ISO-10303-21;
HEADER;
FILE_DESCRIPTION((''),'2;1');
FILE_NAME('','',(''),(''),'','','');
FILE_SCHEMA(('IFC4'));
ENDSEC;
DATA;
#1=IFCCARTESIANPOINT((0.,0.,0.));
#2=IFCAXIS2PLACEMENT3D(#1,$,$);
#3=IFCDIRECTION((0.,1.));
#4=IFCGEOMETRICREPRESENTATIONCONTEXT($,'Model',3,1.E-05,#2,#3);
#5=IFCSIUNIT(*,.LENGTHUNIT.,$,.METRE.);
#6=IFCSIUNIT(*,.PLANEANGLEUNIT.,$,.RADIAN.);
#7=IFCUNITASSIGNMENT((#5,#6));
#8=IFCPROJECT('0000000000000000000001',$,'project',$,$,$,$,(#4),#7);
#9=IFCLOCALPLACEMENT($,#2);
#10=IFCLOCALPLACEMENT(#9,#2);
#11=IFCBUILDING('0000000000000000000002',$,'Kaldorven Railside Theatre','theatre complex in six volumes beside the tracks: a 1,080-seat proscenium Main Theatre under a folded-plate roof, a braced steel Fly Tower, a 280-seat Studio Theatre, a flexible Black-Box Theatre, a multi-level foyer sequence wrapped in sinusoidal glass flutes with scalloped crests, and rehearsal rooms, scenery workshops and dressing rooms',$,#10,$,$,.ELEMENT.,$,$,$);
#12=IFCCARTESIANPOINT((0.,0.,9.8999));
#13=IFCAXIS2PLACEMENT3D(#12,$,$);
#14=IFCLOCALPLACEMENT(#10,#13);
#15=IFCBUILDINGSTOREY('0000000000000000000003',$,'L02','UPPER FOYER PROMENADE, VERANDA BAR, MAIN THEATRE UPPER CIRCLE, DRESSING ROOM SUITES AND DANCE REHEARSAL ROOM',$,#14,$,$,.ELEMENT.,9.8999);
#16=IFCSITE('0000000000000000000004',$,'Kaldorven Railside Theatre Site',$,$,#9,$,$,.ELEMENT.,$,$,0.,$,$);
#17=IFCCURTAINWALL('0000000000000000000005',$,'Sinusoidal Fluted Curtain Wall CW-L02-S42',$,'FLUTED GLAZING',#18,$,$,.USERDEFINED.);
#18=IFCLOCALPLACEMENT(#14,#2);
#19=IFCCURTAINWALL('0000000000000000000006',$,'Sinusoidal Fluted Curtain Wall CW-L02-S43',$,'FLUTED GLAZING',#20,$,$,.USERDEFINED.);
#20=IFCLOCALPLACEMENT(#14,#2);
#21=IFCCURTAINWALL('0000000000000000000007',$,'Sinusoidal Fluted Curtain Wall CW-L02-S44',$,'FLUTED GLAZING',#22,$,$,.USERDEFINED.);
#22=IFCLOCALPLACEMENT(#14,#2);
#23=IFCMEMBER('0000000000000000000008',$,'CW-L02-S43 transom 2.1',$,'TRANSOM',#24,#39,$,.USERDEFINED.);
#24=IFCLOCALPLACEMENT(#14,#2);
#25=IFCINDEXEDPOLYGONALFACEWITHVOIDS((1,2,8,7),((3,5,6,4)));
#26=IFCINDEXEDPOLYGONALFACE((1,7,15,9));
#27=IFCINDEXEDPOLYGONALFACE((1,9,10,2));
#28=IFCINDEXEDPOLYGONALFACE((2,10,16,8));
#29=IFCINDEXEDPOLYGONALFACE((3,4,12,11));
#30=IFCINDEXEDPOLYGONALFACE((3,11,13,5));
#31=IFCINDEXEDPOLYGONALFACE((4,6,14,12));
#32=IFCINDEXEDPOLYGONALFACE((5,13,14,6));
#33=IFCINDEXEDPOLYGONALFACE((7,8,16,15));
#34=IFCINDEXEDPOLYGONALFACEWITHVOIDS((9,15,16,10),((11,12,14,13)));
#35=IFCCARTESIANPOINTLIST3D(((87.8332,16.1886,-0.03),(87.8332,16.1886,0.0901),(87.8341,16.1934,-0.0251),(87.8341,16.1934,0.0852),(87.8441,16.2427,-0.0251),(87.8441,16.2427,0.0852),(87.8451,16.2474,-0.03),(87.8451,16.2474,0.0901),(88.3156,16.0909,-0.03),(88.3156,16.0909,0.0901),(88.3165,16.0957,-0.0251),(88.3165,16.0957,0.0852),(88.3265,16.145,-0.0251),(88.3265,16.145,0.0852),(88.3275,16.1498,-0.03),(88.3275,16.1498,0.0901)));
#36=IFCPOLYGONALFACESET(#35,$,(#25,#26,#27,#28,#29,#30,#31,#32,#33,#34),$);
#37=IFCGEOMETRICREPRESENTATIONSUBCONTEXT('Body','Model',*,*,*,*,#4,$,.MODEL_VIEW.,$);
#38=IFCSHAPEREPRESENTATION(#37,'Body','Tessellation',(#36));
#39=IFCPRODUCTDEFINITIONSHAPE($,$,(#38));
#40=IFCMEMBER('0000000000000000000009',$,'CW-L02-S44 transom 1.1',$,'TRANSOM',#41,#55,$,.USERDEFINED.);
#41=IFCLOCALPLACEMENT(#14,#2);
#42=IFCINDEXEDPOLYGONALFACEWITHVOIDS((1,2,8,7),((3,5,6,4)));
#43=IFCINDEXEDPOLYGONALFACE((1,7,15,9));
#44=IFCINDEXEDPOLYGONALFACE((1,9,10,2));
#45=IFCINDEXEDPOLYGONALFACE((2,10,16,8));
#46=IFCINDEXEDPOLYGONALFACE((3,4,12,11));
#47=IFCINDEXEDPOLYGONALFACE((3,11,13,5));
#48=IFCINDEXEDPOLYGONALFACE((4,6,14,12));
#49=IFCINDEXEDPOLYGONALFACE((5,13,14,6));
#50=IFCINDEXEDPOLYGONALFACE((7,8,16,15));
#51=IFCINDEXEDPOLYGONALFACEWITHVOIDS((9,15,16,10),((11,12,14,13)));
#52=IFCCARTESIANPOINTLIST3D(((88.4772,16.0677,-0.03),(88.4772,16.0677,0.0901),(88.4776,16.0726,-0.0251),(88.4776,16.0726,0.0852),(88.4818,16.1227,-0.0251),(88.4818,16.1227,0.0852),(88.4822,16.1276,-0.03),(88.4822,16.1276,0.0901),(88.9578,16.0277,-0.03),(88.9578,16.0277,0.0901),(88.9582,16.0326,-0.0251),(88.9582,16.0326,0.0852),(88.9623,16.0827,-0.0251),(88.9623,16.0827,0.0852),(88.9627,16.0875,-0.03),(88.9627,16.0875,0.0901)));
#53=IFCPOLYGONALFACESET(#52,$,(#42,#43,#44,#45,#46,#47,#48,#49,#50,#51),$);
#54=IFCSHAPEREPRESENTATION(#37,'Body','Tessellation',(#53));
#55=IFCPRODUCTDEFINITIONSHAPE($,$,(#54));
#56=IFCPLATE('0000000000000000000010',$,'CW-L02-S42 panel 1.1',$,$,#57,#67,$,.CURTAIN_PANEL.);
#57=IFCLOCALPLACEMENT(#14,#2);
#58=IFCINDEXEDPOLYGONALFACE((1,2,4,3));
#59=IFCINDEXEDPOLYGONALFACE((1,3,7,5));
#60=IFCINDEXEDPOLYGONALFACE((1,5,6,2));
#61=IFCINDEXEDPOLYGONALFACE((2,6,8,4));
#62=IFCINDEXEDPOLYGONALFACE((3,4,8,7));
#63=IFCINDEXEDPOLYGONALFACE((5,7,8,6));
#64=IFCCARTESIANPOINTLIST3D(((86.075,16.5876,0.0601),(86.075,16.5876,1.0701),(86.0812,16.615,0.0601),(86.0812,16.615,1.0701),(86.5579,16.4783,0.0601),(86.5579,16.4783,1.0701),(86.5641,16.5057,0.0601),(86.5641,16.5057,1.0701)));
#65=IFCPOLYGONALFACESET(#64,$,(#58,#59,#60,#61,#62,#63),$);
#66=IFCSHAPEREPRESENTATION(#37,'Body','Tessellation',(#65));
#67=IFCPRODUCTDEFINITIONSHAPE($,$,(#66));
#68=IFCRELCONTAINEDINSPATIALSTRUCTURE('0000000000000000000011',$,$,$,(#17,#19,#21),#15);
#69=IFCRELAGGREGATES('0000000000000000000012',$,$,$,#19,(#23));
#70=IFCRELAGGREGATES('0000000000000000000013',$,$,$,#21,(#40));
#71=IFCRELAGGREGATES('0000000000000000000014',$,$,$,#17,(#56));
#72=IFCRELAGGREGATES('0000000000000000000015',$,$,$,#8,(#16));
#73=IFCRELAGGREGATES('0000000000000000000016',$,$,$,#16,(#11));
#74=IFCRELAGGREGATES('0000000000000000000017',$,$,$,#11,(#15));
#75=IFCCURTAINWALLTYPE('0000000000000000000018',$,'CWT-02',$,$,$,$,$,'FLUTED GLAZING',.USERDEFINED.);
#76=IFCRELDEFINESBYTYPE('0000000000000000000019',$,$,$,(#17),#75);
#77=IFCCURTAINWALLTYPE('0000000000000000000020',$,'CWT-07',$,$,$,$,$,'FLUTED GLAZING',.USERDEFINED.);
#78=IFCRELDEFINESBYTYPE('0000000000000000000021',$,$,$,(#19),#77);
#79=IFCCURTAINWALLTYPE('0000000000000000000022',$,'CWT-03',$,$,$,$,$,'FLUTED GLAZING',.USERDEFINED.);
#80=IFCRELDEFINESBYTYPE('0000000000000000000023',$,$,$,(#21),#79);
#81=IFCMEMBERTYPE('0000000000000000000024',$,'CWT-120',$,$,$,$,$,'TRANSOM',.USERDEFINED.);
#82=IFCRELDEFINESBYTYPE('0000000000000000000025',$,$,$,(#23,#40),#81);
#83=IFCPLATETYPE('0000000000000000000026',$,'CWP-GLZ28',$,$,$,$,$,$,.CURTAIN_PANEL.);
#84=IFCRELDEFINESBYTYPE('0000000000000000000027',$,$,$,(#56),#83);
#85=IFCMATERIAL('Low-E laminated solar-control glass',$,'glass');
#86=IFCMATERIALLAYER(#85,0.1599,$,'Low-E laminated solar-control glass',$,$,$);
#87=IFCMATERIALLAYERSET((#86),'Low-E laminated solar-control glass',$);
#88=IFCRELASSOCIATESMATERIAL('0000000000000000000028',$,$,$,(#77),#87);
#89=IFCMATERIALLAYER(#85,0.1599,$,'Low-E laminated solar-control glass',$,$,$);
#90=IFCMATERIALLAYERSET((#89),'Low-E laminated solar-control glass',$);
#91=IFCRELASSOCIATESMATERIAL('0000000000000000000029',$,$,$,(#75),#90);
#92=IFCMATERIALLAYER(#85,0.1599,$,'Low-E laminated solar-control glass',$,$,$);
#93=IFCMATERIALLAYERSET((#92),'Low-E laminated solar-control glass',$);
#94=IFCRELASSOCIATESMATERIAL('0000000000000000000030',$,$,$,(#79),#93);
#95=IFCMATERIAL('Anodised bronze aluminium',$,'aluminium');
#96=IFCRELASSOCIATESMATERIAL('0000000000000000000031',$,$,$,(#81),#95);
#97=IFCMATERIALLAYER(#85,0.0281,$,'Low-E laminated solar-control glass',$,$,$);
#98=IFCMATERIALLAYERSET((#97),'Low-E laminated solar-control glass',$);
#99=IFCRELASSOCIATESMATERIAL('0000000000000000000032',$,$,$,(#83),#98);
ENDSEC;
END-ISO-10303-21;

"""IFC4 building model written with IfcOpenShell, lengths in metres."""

from ifc_helpers import new_model, si_unit, direction, frame, origin, origin_2d, place, context, subcontext, project, spatial, rectangle, hollow_rectangle, extrude, material, layer, layer_set, material_profile, profile_set, type_object, element, aggregate, save


model = new_model("IFC4")

# Units and contexts
model_context = context("Model", 3, precision=1e-05, world=origin(), true_north=direction((0.0, 1.0)))
body_context = subcontext(model_context, "Body", "Model", "MODEL_VIEW")
ifc_project = project(units=[si_unit("LENGTHUNIT", "METRE"), si_unit("PLANEANGLEUNIT", "RADIAN")], contexts=[model_context])

# Site, building, storey
site_placement = place(None, origin())
site = spatial("IfcSite", under=ifc_project, at=site_placement, Name="Kaldorven Railside Theatre Site", CompositionType="ELEMENT", RefElevation=0.0)
building_placement = place(site_placement, origin())
building = spatial("IfcBuilding", under=site, at=building_placement, Name="Kaldorven Railside Theatre", Description="theatre complex in six volumes beside the tracks: a 1,080-seat proscenium Main Theatre under a folded-plate roof, a braced steel Fly Tower, a 280-seat Studio Theatre, a flexible Black-Box Theatre, a multi-level foyer sequence wrapped in sinusoidal glass flutes with scalloped crests, and rehearsal rooms, scenery workshops and dressing rooms", CompositionType="ELEMENT")
storey_placement = place(building_placement, frame((0.0, 0.0, 9.8999)))
storey = spatial("IfcBuildingStorey", under=building, at=storey_placement, Name="L02", Description="UPPER FOYER PROMENADE, VERANDA BAR, MAIN THEATRE UPPER CIRCLE, DRESSING ROOM SUITES AND DANCE REHEARSAL ROOM", CompositionType="ELEMENT", Elevation=9.8999)

# Shared definitions
ifc_material_1 = material(Name="Low-E laminated solar-control glass", Category="glass")
ifc_layer_1 = layer(ifc_material_1, 0.1599, Name="Low-E laminated solar-control glass")
ifc_layer_set_1 = layer_set([ifc_layer_1], Name="Low-E laminated solar-control glass")
curtain_wall_type_1 = type_object("IfcCurtainWallType", Name="CWT-07", ElementType="FLUTED GLAZING", PredefinedType="USERDEFINED", material=ifc_layer_set_1)
ifc_material_2 = material(Name="Anodised bronze aluminium", Category="aluminium")

# Curtain walls
ifc_layer_2 = layer(ifc_material_1, 0.1599, Name="Low-E laminated solar-control glass")
ifc_layer_set_2 = layer_set([ifc_layer_2], Name="Low-E laminated solar-control glass")
curtain_wall_type_2 = type_object("IfcCurtainWallType", Name="CWT-02", ElementType="FLUTED GLAZING", PredefinedType="USERDEFINED", material=ifc_layer_set_2)
curtain_wall_1_placement = place(storey_placement, origin())
curtain_wall_1 = element("IfcCurtainWall", 1, at=curtain_wall_1_placement, inside=storey, type_object=curtain_wall_type_2, Name="Sinusoidal Fluted Curtain Wall CW-L02-S42", ObjectType="FLUTED GLAZING", PredefinedType="USERDEFINED")
curtain_wall_2_placement = place(storey_placement, origin())
curtain_wall_2 = element("IfcCurtainWall", 2, at=curtain_wall_2_placement, inside=storey, type_object=curtain_wall_type_1, Name="Sinusoidal Fluted Curtain Wall CW-L02-S43", ObjectType="FLUTED GLAZING", PredefinedType="USERDEFINED")

# Curtain wall
ifc_layer_3 = layer(ifc_material_1, 0.1599, Name="Low-E laminated solar-control glass")
ifc_layer_set_3 = layer_set([ifc_layer_3], Name="Low-E laminated solar-control glass")
curtain_wall_type_3 = type_object("IfcCurtainWallType", Name="CWT-03", ElementType="FLUTED GLAZING", PredefinedType="USERDEFINED", material=ifc_layer_set_3)
curtain_wall_3_placement = place(storey_placement, origin())
curtain_wall_3 = element("IfcCurtainWall", 3, at=curtain_wall_3_placement, inside=storey, type_object=curtain_wall_type_3, Name="Sinusoidal Fluted Curtain Wall CW-L02-S44", ObjectType="FLUTED GLAZING", PredefinedType="USERDEFINED")

# Members
ifc_material_profile_1 = material_profile(ifc_material_2, hollow_rectangle(XDim=0.0601, YDim=0.1201, WallThickness=0.0049, at=origin_2d()), Name="RHS 120x60x5")
ifc_profile_set_1 = profile_set([ifc_material_profile_1], Name="Anodised bronze aluminium")
member_type_1 = type_object("IfcMemberType", Name="CWT-120", ElementType="TRANSOM", PredefinedType="USERDEFINED", material=ifc_profile_set_1)
member_1_placement = place(storey_placement, frame((87.8391, 16.218, 0.03), z_axis=(0.98012, -0.198405, 0.0), x_axis=(0.198405, 0.98012, 0.0)))
member_1 = element("IfcMember", 4, at=member_1_placement, type_object=member_type_1, Name="CW-L02-S43 transom 2.1", ObjectType="TRANSOM", PredefinedType="USERDEFINED", context=body_context, shape_type="SweptSolid", body=[
    extrude(hollow_rectangle(XDim=0.0601, YDim=0.1201, WallThickness=0.0049, at=origin_2d()), origin(), (0.0, 0.0, 1.0), 0.4922),
])
aggregate(curtain_wall_2, [member_1])
member_2_placement = place(storey_placement, frame((88.4797, 16.0977, 0.03), z_axis=(0.996546, -0.083045, 0.0), x_axis=(0.083045, 0.996546, 0.0)))
member_2 = element("IfcMember", 5, at=member_2_placement, type_object=member_type_1, Name="CW-L02-S44 transom 1.1", ObjectType="TRANSOM", PredefinedType="USERDEFINED", context=body_context, shape_type="SweptSolid", body=[
    extrude(hollow_rectangle(XDim=0.0601, YDim=0.1201, WallThickness=0.0049, at=origin_2d()), origin(), (0.0, 0.0, 1.0), 0.4822),
])
aggregate(curtain_wall_3, [member_2])

# Plate
ifc_layer_4 = layer(ifc_material_1, 0.0281, Name="Low-E laminated solar-control glass")
ifc_layer_set_4 = layer_set([ifc_layer_4], Name="Low-E laminated solar-control glass")
plate_type = type_object("IfcPlateType", Name="CWP-GLZ28", PredefinedType="CURTAIN_PANEL", material=ifc_layer_set_4)
plate_placement = place(storey_placement, frame((86.3196, 16.5466, 0.0601), z_axis=(0.0, 0.0, 1.0), x_axis=(0.975348, -0.220672, 0.0)))
plate = element("IfcPlate", 6, at=plate_placement, type_object=plate_type, Name="CW-L02-S42 panel 1.1", PredefinedType="CURTAIN_PANEL", context=body_context, shape_type="SweptSolid", body=[
    extrude(rectangle(XDim=0.4951, YDim=0.0281, at=origin_2d()), origin(), (0.0, 0.0, 1.0), 1.01),
])
aggregate(curtain_wall_1, [plate])

save(model, "model.ifc")
